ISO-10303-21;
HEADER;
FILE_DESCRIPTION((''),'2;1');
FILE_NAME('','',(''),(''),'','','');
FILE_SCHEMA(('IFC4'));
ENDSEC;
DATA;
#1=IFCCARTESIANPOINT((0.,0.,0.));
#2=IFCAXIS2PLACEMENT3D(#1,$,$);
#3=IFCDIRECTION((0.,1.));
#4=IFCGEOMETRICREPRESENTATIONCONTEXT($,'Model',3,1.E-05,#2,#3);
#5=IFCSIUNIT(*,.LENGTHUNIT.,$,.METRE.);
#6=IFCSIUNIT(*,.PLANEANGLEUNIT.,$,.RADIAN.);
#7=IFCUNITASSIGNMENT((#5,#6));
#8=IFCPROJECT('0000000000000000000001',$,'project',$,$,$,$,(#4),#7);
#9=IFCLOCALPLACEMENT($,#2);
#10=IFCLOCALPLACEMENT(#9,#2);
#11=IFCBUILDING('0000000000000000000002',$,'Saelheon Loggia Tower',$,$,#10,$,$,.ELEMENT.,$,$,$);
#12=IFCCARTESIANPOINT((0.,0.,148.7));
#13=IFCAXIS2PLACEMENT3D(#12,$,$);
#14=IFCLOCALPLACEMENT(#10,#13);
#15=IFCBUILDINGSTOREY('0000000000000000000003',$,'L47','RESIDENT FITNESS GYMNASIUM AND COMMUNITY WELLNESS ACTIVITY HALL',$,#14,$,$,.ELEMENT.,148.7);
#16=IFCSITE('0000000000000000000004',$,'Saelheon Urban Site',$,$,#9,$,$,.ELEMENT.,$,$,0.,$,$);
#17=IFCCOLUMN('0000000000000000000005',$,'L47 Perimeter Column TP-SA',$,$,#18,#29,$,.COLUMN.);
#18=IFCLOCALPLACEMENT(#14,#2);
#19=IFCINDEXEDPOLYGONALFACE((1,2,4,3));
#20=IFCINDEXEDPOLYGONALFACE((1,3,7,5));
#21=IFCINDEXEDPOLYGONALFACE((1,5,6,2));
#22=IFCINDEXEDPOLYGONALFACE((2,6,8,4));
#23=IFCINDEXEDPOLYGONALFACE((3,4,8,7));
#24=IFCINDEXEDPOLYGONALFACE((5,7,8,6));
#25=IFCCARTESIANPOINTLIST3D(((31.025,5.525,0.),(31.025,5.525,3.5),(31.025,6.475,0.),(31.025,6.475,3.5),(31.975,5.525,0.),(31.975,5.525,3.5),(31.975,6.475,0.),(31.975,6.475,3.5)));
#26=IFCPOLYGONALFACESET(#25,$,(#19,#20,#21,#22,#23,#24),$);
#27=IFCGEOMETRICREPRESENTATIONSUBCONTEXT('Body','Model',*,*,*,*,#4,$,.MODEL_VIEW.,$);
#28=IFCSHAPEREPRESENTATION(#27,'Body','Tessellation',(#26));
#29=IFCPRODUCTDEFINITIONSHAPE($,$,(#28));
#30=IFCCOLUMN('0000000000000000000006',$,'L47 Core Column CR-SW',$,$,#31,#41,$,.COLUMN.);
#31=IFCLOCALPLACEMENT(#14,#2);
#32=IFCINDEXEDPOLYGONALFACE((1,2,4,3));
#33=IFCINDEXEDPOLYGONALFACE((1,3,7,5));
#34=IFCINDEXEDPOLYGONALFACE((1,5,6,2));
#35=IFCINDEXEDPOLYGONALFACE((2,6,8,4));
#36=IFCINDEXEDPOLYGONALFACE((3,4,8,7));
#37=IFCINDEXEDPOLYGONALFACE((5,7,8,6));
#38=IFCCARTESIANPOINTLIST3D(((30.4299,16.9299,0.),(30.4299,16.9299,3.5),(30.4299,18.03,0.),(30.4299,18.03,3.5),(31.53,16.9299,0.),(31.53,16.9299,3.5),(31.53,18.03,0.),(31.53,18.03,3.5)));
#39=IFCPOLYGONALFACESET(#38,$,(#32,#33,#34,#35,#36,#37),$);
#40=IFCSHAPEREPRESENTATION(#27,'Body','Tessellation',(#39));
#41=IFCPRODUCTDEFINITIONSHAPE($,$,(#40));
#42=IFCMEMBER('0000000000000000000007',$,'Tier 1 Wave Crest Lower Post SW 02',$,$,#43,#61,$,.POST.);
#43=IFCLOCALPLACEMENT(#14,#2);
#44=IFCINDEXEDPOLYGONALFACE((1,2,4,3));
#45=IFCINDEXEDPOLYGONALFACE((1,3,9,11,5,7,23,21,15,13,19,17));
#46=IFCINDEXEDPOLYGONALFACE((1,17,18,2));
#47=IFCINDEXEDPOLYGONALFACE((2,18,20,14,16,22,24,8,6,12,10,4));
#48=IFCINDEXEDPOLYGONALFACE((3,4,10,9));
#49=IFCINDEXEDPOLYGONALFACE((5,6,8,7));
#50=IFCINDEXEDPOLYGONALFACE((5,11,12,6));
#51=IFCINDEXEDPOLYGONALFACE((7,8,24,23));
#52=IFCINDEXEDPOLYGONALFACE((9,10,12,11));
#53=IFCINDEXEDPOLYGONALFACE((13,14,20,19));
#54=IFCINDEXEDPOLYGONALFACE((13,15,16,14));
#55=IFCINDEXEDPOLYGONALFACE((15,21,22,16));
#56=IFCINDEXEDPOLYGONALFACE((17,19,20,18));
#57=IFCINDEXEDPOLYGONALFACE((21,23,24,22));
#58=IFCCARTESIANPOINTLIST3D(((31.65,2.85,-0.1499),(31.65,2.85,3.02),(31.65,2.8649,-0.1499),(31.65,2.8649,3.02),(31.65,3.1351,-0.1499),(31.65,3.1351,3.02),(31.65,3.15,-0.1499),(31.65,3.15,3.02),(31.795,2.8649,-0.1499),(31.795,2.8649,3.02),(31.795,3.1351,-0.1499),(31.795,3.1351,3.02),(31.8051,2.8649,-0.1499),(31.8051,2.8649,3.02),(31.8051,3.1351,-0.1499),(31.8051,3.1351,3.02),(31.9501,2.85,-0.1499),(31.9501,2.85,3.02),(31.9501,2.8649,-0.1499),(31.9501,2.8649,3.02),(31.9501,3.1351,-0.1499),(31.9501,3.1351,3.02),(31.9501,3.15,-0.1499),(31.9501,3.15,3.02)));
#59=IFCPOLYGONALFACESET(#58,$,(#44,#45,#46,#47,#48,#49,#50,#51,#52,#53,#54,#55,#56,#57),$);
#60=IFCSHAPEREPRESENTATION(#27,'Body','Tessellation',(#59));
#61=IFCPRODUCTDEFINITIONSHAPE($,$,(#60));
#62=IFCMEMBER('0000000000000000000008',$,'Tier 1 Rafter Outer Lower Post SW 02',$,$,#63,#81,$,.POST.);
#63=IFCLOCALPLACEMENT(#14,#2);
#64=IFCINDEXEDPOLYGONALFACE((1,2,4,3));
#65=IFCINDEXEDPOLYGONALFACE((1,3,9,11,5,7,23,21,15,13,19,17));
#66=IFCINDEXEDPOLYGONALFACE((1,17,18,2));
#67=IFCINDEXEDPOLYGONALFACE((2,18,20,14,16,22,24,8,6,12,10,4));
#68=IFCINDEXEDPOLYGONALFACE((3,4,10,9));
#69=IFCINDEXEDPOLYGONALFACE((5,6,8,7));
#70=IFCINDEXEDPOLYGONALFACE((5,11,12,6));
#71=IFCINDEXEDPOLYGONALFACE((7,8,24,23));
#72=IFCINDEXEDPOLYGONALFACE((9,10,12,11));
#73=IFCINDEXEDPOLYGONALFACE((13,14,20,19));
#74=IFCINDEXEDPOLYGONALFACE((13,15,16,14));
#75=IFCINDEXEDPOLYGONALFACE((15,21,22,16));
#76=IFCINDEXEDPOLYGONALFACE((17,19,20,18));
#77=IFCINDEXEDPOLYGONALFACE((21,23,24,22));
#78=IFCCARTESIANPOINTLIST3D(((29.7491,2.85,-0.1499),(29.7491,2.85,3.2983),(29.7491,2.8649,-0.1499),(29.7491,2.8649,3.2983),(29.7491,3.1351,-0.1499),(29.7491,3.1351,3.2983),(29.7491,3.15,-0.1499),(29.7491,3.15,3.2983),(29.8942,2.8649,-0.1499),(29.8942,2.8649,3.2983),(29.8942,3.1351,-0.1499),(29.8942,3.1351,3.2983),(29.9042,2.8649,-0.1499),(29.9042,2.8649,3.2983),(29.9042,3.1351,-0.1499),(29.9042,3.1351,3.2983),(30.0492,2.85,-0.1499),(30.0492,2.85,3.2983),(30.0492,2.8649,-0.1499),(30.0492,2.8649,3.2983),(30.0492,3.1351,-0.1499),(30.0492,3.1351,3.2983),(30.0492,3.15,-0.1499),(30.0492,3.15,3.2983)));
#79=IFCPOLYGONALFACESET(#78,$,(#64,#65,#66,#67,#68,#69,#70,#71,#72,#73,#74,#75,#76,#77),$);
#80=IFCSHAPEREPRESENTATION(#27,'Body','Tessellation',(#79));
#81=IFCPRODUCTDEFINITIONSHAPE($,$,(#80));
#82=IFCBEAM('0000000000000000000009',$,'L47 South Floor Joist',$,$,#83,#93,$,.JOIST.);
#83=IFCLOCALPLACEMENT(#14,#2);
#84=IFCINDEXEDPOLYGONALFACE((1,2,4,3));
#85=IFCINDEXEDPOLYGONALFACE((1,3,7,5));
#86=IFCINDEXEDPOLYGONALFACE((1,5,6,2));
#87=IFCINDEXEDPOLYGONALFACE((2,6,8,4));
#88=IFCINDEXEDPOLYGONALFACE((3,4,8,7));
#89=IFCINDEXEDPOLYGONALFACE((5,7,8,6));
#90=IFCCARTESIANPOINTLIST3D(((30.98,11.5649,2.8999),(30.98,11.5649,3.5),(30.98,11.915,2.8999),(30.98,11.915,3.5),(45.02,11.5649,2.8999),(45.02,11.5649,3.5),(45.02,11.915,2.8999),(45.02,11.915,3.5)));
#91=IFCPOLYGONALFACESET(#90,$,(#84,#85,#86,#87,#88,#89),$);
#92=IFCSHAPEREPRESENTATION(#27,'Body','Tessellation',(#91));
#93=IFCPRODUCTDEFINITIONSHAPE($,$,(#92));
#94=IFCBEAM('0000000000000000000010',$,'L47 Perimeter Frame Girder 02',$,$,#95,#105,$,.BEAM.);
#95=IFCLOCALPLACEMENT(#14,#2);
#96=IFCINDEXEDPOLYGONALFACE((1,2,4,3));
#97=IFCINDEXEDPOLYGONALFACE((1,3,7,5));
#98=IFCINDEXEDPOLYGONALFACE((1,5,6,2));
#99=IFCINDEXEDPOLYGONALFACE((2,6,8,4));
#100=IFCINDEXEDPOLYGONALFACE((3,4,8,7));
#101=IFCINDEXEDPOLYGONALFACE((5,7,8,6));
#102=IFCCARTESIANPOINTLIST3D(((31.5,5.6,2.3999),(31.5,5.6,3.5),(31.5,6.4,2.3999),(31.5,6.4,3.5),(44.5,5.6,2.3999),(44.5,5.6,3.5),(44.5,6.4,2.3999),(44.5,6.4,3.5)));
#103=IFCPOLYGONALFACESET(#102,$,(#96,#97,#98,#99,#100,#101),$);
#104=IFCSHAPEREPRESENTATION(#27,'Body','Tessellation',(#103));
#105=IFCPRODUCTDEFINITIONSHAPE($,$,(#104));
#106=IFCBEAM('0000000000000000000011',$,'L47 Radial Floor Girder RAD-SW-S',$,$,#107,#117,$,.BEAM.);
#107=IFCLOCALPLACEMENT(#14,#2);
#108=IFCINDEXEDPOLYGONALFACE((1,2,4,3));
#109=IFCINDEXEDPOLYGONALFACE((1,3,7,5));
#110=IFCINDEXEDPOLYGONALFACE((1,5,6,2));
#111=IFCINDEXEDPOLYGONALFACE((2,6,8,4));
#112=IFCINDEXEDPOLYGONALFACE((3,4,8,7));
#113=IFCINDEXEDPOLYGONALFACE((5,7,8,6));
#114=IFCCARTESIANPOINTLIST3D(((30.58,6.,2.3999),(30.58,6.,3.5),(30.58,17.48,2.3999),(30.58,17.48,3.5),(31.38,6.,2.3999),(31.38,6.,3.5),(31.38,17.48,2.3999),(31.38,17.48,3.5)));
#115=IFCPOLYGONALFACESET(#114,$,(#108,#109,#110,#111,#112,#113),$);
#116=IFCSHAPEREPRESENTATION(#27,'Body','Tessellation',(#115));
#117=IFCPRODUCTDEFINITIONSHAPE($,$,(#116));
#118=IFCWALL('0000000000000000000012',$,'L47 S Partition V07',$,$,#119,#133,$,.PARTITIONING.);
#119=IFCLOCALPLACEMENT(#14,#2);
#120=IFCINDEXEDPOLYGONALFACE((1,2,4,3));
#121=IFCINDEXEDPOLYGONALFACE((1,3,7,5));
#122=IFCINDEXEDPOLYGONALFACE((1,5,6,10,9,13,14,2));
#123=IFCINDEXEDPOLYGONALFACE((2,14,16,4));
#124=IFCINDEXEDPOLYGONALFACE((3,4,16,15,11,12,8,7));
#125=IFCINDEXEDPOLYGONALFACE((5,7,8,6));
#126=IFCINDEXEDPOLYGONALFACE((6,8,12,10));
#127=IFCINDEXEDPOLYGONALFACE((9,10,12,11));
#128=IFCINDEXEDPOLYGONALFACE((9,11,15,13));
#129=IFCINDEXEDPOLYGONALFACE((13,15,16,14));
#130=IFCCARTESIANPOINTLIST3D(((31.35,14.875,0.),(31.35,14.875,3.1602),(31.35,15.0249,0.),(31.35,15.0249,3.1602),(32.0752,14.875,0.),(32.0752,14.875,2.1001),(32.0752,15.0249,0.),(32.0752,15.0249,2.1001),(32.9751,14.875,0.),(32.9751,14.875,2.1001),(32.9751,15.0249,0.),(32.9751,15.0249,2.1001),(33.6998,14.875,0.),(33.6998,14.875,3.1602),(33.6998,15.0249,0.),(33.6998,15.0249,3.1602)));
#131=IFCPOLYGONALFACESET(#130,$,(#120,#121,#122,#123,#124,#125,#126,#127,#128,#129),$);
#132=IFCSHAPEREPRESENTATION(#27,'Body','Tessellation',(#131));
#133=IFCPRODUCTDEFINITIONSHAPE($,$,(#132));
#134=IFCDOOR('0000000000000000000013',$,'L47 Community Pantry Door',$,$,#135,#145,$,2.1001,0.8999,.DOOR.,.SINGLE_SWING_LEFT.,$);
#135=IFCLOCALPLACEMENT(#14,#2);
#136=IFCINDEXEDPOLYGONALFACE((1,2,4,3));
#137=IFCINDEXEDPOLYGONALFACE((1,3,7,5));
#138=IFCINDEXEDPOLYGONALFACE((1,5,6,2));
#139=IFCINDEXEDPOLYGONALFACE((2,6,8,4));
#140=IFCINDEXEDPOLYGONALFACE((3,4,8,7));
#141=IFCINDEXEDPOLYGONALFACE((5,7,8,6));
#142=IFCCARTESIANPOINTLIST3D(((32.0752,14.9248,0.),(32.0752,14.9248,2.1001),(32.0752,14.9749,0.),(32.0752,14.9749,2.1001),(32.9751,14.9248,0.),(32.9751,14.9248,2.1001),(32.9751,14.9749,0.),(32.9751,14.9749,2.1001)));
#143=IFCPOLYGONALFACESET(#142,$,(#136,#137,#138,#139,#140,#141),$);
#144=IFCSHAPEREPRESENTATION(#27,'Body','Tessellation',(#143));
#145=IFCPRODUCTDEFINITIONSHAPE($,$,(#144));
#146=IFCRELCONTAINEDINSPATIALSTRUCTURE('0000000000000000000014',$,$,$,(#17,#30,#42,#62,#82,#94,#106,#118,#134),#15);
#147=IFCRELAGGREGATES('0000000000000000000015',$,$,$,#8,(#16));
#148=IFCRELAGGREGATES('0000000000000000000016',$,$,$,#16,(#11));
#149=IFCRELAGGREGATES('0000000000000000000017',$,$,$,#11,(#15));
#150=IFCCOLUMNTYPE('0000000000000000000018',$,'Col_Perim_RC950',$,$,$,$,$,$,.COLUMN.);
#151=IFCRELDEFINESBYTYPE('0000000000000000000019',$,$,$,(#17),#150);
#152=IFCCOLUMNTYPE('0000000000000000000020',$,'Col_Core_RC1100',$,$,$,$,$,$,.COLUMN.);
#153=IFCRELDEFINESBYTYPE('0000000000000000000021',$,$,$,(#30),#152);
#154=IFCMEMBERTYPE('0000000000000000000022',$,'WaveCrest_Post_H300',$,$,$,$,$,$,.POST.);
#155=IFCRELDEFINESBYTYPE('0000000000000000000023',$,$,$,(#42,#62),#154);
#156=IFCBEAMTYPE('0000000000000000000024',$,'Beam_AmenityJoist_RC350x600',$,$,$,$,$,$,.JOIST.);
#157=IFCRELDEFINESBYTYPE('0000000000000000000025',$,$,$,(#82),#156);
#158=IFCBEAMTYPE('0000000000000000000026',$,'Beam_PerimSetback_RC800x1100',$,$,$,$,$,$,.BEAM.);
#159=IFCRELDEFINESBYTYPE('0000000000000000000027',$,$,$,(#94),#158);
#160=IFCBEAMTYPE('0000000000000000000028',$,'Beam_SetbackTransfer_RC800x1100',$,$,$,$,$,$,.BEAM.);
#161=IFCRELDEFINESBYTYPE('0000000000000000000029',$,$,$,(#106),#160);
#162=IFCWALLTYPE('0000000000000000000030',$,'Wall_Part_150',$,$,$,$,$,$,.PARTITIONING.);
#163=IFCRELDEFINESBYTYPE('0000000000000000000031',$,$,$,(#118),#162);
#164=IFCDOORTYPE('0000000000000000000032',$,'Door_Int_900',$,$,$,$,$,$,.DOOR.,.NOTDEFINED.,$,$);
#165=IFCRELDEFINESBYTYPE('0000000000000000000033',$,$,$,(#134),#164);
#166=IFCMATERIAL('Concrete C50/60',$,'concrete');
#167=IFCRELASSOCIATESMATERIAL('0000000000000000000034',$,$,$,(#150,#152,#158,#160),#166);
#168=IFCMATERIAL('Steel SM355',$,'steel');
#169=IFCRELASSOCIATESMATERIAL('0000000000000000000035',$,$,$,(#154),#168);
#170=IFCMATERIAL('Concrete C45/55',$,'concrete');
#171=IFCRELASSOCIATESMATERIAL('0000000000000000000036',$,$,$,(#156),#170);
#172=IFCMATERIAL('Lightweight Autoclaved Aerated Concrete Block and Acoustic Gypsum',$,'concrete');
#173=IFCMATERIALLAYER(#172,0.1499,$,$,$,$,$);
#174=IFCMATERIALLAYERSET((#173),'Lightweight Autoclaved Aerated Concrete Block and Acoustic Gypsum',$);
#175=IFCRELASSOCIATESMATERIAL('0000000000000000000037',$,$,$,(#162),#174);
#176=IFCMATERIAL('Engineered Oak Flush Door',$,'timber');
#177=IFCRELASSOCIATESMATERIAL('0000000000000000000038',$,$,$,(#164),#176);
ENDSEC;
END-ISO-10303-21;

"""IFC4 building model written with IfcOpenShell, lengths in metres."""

from ifc_helpers import new_model, si_unit, direction, frame, frame_2d, origin, origin_2d, place, context, subcontext, project, spatial, rectangle, i_section, extrude, source, transform, mapped, material, layer, layer_set, material_profile, profile_set, type_object, element, fill, save


model = new_model("IFC4")

# Units and contexts
model_context = context("Model", 3, precision=1e-05, world=origin(), true_north=direction((0.0, 1.0)))
body_context = subcontext(model_context, "Body", "Model", "MODEL_VIEW")
ifc_project = project(units=[si_unit("LENGTHUNIT", "METRE"), si_unit("PLANEANGLEUNIT", "RADIAN")], contexts=[model_context])

# Site, building, storey
site_placement = place(None, origin())
site = spatial("IfcSite", under=ifc_project, at=site_placement, Name="Saelheon Urban Site", CompositionType="ELEMENT", RefElevation=0.0)
building_placement = place(site_placement, origin())
building = spatial("IfcBuilding", under=site, at=building_placement, Name="Saelheon Loggia Tower", CompositionType="ELEMENT")
storey_placement = place(building_placement, frame((0.0, 0.0, 148.7)))
storey = spatial("IfcBuildingStorey", under=building, at=storey_placement, Name="L47", Description="RESIDENT FITNESS GYMNASIUM AND COMMUNITY WELLNESS ACTIVITY HALL", CompositionType="ELEMENT", Elevation=148.7)

# Columns
ifc_material_1 = material(Name="Concrete C50/60", Category="concrete")
ifc_material_profile_1 = material_profile(ifc_material_1, rectangle(XDim=0.95, YDim=0.95, at=origin_2d()), Name="RC-950x950")
ifc_profile_set_1 = profile_set([ifc_material_profile_1], Name="Concrete C50/60")
column_type_1 = type_object("IfcColumnType", Name="Col_Perim_RC950", PredefinedType="COLUMN", material=ifc_profile_set_1)
shared_shape_1 = source(origin(), body_context, "Body", "SweptSolid", [
    extrude(rectangle(XDim=0.95, YDim=0.95, at=origin_2d()), origin(), (0.0, 0.0, 1.0), 3.5),
])
column_1_placement = place(storey_placement, frame((31.5, 6.0, 0.0), z_axis=(0.0, 0.0, 1.0), x_axis=(1.0, 0.0, 0.0)))
element("IfcColumn", 1, at=column_1_placement, inside=storey, type_object=column_type_1, Name="L47 Perimeter Column TP-SA", PredefinedType="COLUMN", context=body_context, shape_type="MappedRepresentation", body=[
    mapped(shared_shape_1, transform((0.0, 0.0, 0.0), scale=1.0)),
])
ifc_material_profile_2 = material_profile(ifc_material_1, rectangle(XDim=1.1001, YDim=1.1001, at=origin_2d()), Name="RC-1100x1100")
ifc_profile_set_2 = profile_set([ifc_material_profile_2], Name="Concrete C50/60")
column_type_2 = type_object("IfcColumnType", Name="Col_Core_RC1100", PredefinedType="COLUMN", material=ifc_profile_set_2)
shared_shape_2 = source(origin(), body_context, "Body", "SweptSolid", [
    extrude(rectangle(XDim=1.1001, YDim=1.1001, at=origin_2d()), origin(), (0.0, 0.0, 1.0), 3.5),
])
column_2_placement = place(storey_placement, frame((30.98, 17.48, 0.0), z_axis=(0.0, 0.0, 1.0), x_axis=(1.0, 0.0, 0.0)))
element("IfcColumn", 2, at=column_2_placement, inside=storey, type_object=column_type_2, Name="L47 Core Column CR-SW", PredefinedType="COLUMN", context=body_context, shape_type="MappedRepresentation", body=[
    mapped(shared_shape_2, transform((0.0, 0.0, 0.0), scale=1.0)),
])

# Members
ifc_material_2 = material(Name="Steel SM355", Category="steel")
ifc_material_profile_3 = material_profile(ifc_material_2, i_section(OverallWidth=0.3, OverallDepth=0.3, WebThickness=0.01, FlangeThickness=0.0149, at=origin_2d()), Name="H-300x300x10x15")
ifc_profile_set_3 = profile_set([ifc_material_profile_3], Name="Steel SM355")
member_type = type_object("IfcMemberType", Name="WaveCrest_Post_H300", PredefinedType="POST", material=ifc_profile_set_3)
shared_shape_3 = source(origin(), body_context, "Body", "SweptSolid", [
    extrude(i_section(OverallWidth=0.3, OverallDepth=0.3, WebThickness=0.01, FlangeThickness=0.0149, at=origin_2d()), origin(), (0.0, 0.0, 1.0), 3.1699),
])
member_1_placement = place(storey_placement, frame((31.8, 3.0, -0.1499), z_axis=(0.0, 0.0, 1.0), x_axis=(1.0, 0.0, 0.0)))
element("IfcMember", 3, at=member_1_placement, inside=storey, type_object=member_type, Name="Tier 1 Wave Crest Lower Post SW 02", PredefinedType="POST", context=body_context, shape_type="MappedRepresentation", body=[
    mapped(shared_shape_3, transform((0.0, 0.0, 0.0), scale=1.0)),
])
shared_shape_4 = source(origin(), body_context, "Body", "SweptSolid", [
    extrude(i_section(OverallWidth=0.3, OverallDepth=0.3, WebThickness=0.01, FlangeThickness=0.0149, at=origin_2d()), origin(), (0.0, 0.0, 1.0), 3.4482),
])
member_2_placement = place(storey_placement, frame((29.8992, 3.0, -0.1499), z_axis=(0.0, 0.0, 1.0), x_axis=(1.0, 0.0, 0.0)))
element("IfcMember", 4, at=member_2_placement, inside=storey, type_object=member_type, Name="Tier 1 Rafter Outer Lower Post SW 02", PredefinedType="POST", context=body_context, shape_type="MappedRepresentation", body=[
    mapped(shared_shape_4, transform((0.0, 0.0, 0.0), scale=1.0)),
])

# Beams
ifc_material_3 = material(Name="Concrete C45/55", Category="concrete")
ifc_material_profile_4 = material_profile(ifc_material_3, rectangle(XDim=0.3501, YDim=0.6001, at=origin_2d()), Name="RC-350x600")
ifc_profile_set_4 = profile_set([ifc_material_profile_4], Name="Concrete C45/55")
beam_type_1 = type_object("IfcBeamType", Name="Beam_AmenityJoist_RC350x600", PredefinedType="JOIST", material=ifc_profile_set_4)
shared_shape_5 = source(origin(), body_context, "Body", "SweptSolid", [
    extrude(rectangle(XDim=0.3501, YDim=0.6001, at=origin_2d()), origin(), (0.0, 0.0, 1.0), 14.04),
])
beam_1_placement = place(storey_placement, frame((30.98, 11.74, 3.2), z_axis=(1.0, 0.0, 0.0), x_axis=(0.0, 1.0, 0.0)))
element("IfcBeam", 5, at=beam_1_placement, inside=storey, type_object=beam_type_1, Name="L47 South Floor Joist", PredefinedType="JOIST", context=body_context, shape_type="MappedRepresentation", body=[
    mapped(shared_shape_5, transform((0.0, 0.0, 0.0), scale=1.0)),
])
ifc_material_profile_5 = material_profile(ifc_material_1, rectangle(XDim=0.8, YDim=1.1001, at=origin_2d()), Name="RC-800x1100")
ifc_profile_set_5 = profile_set([ifc_material_profile_5], Name="Concrete C50/60")
beam_type_2 = type_object("IfcBeamType", Name="Beam_PerimSetback_RC800x1100", PredefinedType="BEAM", material=ifc_profile_set_5)
shared_shape_6 = source(origin(), body_context, "Body", "SweptSolid", [
    extrude(rectangle(XDim=0.8, YDim=1.1001, at=origin_2d()), origin(), (0.0, 0.0, 1.0), 13.0),
])
beam_2_placement = place(storey_placement, frame((31.5, 6.0, 2.95), z_axis=(1.0, 0.0, 0.0), x_axis=(0.0, 1.0, 0.0)))
element("IfcBeam", 6, at=beam_2_placement, inside=storey, type_object=beam_type_2, Name="L47 Perimeter Frame Girder 02", PredefinedType="BEAM", context=body_context, shape_type="MappedRepresentation", body=[
    mapped(shared_shape_6, transform((0.0, 0.0, 0.0), scale=1.0)),
])
ifc_material_profile_6 = material_profile(ifc_material_1, rectangle(XDim=0.8, YDim=1.1001, at=origin_2d()), Name="RC-800x1100")
ifc_profile_set_6 = profile_set([ifc_material_profile_6], Name="Concrete C50/60")
beam_type_3 = type_object("IfcBeamType", Name="Beam_SetbackTransfer_RC800x1100", PredefinedType="BEAM", material=ifc_profile_set_6)
shared_shape_7 = source(origin(), body_context, "Body", "SweptSolid", [
    extrude(rectangle(XDim=0.8, YDim=1.1001, at=origin_2d()), origin(), (0.0, 0.0, 1.0), 11.48),
])
beam_3_placement = place(storey_placement, frame((30.98, 17.48, 2.95), z_axis=(0.0, -1.0, 0.0), x_axis=(1.0, 0.0, 0.0)))
element("IfcBeam", 7, at=beam_3_placement, inside=storey, type_object=beam_type_3, Name="L47 Radial Floor Girder RAD-SW-S", PredefinedType="BEAM", context=body_context, shape_type="MappedRepresentation", body=[
    mapped(shared_shape_7, transform((0.0, 0.0, 0.0), scale=1.0)),
])

# Wall, opening, door
ifc_material_4 = material(Name="Lightweight Autoclaved Aerated Concrete Block and Acoustic Gypsum", Category="concrete")
ifc_layer_1 = layer(ifc_material_4, 0.1499)
ifc_layer_set_1 = layer_set([ifc_layer_1], Name="Lightweight Autoclaved Aerated Concrete Block and Acoustic Gypsum")
wall_type_1 = type_object("IfcWallType", Name="Wall_Part_150", PredefinedType="PARTITIONING", material=ifc_layer_set_1)
wall_1_placement = place(storey_placement, frame((31.3501, 14.95, 0.0), z_axis=(0.0, 0.0, 1.0), x_axis=(1.0, 0.0, 0.0)))
wall_1 = element("IfcWall", 8, at=wall_1_placement, inside=storey, type_object=wall_type_1, Name="L47 S Partition V07", PredefinedType="PARTITIONING", context=body_context, shape_type="SweptSolid", body=[
    extrude(rectangle(XDim=2.3499, YDim=0.1499, at=frame_2d((1.1748, 0.0))), origin(), (0.0, 0.0, 1.0), 3.1602),
])
opening_1_placement = place(wall_1_placement, frame((0.7251, 0.0, 0.0)))
opening_1 = element("IfcOpeningElement", 9, at=opening_1_placement, cuts=wall_1, PredefinedType="OPENING", context=body_context, shape_type="SweptSolid", body=[
    extrude(rectangle(XDim=0.8999, YDim=2.1001, at=frame_2d((0.45, 1.05))), frame((0.0, 0.0869, 0.0), z_axis=(0.0, -1.0, 0.0), x_axis=(1.0, 0.0, 0.0)), (0.0, 0.0, 1.0), 0.1738),
])
ifc_material_5 = material(Name="Engineered Oak Flush Door", Category="timber")
door_type_1 = type_object("IfcDoorType", Name="Door_Int_900", OperationType="NOTDEFINED", PredefinedType="DOOR", material=ifc_material_5)
shared_shape_8 = source(origin(), body_context, "Body", "SweptSolid", [
    extrude(rectangle(XDim=0.8999, YDim=2.1001, at=frame_2d((0.45, 1.05))), frame((0.0, 0.0249, 0.0), z_axis=(0.0, -1.0, 0.0), x_axis=(1.0, 0.0, 0.0)), (0.0, 0.0, 1.0), 0.05),
])
door_1_placement = place(opening_1_placement, origin())
door_1 = element("IfcDoor", 10, at=door_1_placement, inside=storey, type_object=door_type_1, Name="L47 Community Pantry Door", OperationType="SINGLE_SWING_LEFT", OverallHeight=2.1001, OverallWidth=0.8999, PredefinedType="DOOR", context=body_context, shape_type="MappedRepresentation", body=[
    mapped(shared_shape_8, transform((0.0, 0.0, 0.0), scale=1.0)),
])
fill(opening_1, door_1)

save(model, "model.ifc")
